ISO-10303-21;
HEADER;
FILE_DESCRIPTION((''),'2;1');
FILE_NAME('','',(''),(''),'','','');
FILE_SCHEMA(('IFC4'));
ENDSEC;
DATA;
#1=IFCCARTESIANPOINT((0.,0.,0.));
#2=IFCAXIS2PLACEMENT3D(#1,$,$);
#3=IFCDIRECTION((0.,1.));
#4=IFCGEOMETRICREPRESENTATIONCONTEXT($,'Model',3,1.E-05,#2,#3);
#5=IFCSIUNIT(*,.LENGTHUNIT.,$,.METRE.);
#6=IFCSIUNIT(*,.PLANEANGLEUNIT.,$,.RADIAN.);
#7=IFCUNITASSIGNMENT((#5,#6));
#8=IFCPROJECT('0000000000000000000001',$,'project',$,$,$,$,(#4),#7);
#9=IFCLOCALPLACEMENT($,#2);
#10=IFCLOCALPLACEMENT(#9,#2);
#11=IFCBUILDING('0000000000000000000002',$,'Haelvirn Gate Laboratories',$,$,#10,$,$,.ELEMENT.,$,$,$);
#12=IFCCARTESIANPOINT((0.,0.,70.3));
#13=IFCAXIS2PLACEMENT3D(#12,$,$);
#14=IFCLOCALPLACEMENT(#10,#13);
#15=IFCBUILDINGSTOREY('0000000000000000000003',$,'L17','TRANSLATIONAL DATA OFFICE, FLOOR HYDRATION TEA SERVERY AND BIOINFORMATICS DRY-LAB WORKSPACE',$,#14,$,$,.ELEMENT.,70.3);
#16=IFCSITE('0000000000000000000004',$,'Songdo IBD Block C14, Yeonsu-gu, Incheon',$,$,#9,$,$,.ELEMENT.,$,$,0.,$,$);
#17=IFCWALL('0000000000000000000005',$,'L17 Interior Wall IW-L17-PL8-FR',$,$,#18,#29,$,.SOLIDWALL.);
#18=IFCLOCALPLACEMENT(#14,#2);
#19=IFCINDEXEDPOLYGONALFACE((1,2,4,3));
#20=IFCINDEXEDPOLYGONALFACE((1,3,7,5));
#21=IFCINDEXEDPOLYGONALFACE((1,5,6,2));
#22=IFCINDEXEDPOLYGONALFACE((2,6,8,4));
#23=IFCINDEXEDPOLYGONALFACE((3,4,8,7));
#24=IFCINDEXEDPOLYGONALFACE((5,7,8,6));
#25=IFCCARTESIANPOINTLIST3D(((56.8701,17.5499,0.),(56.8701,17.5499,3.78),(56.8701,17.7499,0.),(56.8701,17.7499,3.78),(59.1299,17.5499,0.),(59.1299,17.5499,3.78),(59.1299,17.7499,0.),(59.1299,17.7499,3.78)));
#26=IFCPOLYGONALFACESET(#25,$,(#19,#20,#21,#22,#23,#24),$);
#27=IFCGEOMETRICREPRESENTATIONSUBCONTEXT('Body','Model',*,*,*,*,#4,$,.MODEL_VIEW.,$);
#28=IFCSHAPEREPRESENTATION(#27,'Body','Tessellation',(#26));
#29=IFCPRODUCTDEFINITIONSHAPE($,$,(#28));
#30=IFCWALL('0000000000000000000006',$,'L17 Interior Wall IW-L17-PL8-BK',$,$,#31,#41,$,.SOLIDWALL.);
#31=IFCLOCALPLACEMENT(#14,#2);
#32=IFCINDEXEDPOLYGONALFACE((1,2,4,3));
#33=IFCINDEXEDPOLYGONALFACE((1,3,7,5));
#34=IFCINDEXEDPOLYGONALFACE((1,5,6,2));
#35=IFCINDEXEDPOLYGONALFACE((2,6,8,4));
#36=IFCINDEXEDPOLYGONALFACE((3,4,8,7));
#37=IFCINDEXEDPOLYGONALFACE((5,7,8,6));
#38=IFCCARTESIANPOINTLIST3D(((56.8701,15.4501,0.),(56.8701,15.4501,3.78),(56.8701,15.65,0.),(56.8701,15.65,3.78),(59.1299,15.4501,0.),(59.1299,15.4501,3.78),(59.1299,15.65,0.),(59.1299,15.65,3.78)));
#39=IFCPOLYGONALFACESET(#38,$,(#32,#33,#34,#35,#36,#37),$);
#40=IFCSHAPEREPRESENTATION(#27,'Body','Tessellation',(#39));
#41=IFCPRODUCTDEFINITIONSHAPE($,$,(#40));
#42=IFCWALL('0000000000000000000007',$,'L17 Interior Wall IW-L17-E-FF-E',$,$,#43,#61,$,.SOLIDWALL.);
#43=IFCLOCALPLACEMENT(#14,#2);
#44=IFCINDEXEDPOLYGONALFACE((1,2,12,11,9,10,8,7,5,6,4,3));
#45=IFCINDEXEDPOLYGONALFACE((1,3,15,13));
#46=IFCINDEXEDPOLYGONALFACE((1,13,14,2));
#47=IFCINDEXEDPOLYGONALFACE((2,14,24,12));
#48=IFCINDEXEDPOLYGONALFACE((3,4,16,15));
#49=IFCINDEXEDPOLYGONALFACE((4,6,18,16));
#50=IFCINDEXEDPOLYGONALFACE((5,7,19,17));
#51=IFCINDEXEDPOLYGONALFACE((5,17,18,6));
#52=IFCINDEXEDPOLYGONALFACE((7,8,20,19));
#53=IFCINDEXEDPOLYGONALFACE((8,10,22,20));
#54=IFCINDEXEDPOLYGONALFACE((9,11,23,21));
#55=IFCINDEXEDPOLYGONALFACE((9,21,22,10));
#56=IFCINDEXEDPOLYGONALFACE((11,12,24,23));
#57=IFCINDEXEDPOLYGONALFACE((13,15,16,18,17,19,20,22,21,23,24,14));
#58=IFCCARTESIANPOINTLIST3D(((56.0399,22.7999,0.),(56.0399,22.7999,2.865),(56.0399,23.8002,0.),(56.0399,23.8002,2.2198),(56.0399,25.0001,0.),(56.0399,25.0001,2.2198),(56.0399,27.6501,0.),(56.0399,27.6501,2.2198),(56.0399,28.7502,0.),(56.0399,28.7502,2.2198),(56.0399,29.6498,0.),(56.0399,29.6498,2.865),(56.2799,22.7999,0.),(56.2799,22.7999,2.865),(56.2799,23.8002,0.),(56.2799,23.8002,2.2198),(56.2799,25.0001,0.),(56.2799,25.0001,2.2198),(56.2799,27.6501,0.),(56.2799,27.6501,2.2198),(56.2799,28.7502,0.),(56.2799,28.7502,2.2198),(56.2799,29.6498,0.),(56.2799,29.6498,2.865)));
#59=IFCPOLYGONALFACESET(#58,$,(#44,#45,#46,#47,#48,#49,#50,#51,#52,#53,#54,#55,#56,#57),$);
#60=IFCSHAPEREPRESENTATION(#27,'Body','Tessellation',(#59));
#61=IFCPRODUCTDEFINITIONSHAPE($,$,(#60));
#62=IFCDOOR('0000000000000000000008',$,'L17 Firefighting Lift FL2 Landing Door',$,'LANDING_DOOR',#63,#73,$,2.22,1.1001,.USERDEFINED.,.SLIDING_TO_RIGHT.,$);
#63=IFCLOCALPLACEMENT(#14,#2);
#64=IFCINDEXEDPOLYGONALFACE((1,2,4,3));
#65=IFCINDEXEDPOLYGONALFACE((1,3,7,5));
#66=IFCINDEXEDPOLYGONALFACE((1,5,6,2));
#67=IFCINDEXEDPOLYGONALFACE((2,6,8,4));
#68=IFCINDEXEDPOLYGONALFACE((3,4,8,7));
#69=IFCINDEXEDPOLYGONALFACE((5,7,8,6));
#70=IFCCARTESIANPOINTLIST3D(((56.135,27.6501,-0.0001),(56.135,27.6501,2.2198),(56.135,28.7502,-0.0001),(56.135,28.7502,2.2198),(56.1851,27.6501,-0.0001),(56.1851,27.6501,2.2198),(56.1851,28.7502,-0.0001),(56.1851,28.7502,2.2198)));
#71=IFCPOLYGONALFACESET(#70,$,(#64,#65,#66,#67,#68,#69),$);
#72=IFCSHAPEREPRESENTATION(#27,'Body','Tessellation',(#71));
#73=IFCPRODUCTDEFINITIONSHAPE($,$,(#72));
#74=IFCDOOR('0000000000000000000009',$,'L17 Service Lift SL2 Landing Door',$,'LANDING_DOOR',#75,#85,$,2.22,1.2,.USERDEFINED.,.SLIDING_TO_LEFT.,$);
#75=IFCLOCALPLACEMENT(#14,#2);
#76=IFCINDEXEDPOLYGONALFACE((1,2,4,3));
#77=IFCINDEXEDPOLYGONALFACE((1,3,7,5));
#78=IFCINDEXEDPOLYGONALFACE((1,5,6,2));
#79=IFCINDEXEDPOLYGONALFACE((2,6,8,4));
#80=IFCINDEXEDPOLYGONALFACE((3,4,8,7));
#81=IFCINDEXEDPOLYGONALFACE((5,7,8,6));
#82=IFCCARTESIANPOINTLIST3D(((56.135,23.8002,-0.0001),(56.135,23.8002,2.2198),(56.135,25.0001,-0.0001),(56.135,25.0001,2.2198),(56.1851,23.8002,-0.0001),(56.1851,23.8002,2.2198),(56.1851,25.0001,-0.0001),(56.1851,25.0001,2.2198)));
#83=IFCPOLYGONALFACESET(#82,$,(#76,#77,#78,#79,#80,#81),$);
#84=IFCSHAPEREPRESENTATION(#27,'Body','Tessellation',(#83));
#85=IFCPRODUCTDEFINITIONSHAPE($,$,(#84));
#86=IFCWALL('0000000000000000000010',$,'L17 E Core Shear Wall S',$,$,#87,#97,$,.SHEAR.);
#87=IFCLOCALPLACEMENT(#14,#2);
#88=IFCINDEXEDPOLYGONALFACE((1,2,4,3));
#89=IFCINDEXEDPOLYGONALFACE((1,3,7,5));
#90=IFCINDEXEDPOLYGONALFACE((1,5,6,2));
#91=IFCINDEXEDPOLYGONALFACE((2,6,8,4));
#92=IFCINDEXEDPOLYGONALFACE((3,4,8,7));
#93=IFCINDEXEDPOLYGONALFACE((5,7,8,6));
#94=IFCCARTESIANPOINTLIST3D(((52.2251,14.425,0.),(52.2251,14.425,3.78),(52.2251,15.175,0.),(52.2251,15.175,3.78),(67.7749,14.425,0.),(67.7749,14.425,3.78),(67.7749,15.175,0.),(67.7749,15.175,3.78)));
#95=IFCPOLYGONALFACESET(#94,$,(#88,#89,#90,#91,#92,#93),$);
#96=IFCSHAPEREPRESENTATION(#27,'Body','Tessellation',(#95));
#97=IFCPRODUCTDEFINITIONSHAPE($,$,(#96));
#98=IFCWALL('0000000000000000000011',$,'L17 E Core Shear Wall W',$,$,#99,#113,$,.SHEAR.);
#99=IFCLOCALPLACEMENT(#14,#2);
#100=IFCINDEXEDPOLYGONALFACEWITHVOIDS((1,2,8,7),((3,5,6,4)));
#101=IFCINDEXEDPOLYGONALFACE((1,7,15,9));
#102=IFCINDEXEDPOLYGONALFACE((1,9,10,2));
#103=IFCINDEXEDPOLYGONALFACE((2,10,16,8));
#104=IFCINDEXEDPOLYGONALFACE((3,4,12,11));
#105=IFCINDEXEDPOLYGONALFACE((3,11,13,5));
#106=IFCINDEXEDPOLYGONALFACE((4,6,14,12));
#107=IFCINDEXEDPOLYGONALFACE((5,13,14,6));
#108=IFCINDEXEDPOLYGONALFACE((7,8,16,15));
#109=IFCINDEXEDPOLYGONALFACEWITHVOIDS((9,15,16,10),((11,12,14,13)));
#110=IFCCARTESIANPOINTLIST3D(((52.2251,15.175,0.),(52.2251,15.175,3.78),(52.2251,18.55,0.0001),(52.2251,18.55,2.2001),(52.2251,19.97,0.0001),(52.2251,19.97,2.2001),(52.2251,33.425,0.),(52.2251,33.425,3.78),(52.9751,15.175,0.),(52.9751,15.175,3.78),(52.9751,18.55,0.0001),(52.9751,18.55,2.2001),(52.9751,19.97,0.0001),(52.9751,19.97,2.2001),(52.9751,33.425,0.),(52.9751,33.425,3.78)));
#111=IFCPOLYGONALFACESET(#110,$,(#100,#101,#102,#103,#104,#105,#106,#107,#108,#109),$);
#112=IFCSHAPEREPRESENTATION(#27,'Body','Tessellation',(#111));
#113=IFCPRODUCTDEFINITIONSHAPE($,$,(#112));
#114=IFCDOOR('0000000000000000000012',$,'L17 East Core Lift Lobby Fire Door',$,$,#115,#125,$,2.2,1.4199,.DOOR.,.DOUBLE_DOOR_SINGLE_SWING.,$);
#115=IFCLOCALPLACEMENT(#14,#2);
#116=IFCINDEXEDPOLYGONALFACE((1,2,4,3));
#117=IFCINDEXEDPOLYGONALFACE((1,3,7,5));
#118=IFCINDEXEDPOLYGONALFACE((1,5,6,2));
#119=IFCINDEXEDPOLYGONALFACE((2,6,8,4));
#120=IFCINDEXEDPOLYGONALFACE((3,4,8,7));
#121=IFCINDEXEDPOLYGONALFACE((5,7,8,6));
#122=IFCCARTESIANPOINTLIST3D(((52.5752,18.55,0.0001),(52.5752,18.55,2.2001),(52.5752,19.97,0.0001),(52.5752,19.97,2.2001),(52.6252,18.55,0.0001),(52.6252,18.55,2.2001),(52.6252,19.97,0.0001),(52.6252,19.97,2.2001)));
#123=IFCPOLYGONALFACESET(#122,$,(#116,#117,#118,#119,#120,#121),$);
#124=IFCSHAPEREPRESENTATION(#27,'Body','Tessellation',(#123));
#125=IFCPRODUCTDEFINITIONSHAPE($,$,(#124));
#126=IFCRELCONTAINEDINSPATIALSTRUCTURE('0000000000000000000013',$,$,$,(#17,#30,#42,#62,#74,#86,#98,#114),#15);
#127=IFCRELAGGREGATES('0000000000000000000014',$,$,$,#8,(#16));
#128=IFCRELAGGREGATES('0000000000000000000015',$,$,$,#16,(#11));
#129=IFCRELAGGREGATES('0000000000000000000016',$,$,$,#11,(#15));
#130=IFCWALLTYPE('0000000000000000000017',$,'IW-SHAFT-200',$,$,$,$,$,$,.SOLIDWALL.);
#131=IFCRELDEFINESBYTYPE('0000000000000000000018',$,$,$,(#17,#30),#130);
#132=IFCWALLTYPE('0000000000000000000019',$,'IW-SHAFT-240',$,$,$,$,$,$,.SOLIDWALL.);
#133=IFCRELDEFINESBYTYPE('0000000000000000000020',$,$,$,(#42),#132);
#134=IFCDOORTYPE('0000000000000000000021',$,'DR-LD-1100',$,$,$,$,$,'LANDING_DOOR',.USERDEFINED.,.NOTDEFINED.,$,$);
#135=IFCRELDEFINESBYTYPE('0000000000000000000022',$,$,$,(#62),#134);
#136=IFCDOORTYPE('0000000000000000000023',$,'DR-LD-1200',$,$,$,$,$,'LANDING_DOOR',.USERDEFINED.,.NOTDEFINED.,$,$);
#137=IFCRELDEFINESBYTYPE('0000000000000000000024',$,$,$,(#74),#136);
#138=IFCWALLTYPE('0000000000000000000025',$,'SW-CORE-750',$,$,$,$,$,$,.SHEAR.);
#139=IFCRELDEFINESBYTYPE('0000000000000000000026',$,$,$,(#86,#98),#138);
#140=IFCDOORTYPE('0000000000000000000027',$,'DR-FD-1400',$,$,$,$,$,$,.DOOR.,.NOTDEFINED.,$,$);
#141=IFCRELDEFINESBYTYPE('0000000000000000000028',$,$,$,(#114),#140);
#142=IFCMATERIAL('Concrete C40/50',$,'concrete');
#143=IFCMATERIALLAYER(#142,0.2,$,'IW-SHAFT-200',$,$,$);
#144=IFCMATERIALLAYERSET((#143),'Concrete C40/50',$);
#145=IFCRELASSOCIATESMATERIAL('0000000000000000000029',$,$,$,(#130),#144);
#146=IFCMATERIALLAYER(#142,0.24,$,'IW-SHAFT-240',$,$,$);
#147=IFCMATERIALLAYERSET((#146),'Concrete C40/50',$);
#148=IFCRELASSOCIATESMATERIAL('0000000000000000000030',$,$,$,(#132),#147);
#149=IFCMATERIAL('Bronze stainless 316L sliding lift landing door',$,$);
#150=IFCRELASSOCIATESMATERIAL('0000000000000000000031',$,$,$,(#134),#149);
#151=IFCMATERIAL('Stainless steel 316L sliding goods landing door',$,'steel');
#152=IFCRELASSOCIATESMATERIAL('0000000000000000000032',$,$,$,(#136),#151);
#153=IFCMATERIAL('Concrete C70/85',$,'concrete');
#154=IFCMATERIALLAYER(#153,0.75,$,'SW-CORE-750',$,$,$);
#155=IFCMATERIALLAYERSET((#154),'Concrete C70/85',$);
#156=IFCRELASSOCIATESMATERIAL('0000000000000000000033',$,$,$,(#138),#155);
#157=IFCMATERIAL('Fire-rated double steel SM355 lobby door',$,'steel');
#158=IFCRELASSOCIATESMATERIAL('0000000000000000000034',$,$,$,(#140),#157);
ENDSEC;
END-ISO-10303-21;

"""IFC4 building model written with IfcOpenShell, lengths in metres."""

from ifc_helpers import new_model, si_unit, direction, frame, frame_2d, origin, place, context, subcontext, project, spatial, rectangle, extrude, source, transform, mapped, material, layer, layer_set, type_object, type_shapes, element, fill, save


model = new_model("IFC4")

# Units and contexts
model_context = context("Model", 3, precision=1e-05, world=origin(), true_north=direction((0.0, 1.0)))
body_context = subcontext(model_context, "Body", "Model", "MODEL_VIEW")
ifc_project = project(units=[si_unit("LENGTHUNIT", "METRE"), si_unit("PLANEANGLEUNIT", "RADIAN")], contexts=[model_context])

# Site, building, storey
site_placement = place(None, origin())
site = spatial("IfcSite", under=ifc_project, at=site_placement, Name="Songdo IBD Block C14, Yeonsu-gu, Incheon", CompositionType="ELEMENT", RefElevation=0.0)
building_placement = place(site_placement, origin())
building = spatial("IfcBuilding", under=site, at=building_placement, Name="Haelvirn Gate Laboratories", CompositionType="ELEMENT")
storey_placement = place(building_placement, frame((0.0, 0.0, 70.3)))
storey = spatial("IfcBuildingStorey", under=building, at=storey_placement, Name="L17", Description="TRANSLATIONAL DATA OFFICE, FLOOR HYDRATION TEA SERVERY AND BIOINFORMATICS DRY-LAB WORKSPACE", CompositionType="ELEMENT", Elevation=70.3)

# Shared definitions
ifc_material_1 = material(Name="Concrete C70/85", Category="concrete")

# Walls
ifc_material_2 = material(Name="Concrete C40/50", Category="concrete")
ifc_layer_1 = layer(ifc_material_2, 0.2, Name="IW-SHAFT-200")
ifc_layer_set_1 = layer_set([ifc_layer_1], Name="Concrete C40/50")
wall_type_1 = type_object("IfcWallType", Name="IW-SHAFT-200", PredefinedType="SOLIDWALL", material=ifc_layer_set_1)
for number, where, z_axis, x_axis, name in (
    (1, (56.8701, 17.6499, 0.0), (0.0, 0.0, 1.0), (1.0, 0.0, 0.0), "L17 Interior Wall IW-L17-PL8-FR"),
    (2, (56.8701, 15.55, 0.0), (0.0, 0.0, 1.0), (1.0, 0.0, 0.0), "L17 Interior Wall IW-L17-PL8-BK"),
):
    element("IfcWall", number, at=place(storey_placement, frame(where, z_axis=z_axis, x_axis=x_axis)), inside=storey, type_object=wall_type_1, Name=name, PredefinedType="SOLIDWALL", context=body_context, shape_type="SweptSolid", body=[
        extrude(rectangle(XDim=2.2598, YDim=0.2, at=frame_2d((1.1299, 0.0))), origin(), (0.0, 0.0, 1.0), 3.78),
    ])

# Wall, openings, doors
ifc_layer_2 = layer(ifc_material_2, 0.24, Name="IW-SHAFT-240")
ifc_layer_set_2 = layer_set([ifc_layer_2], Name="Concrete C40/50")
wall_type_2 = type_object("IfcWallType", Name="IW-SHAFT-240", PredefinedType="SOLIDWALL", material=ifc_layer_set_2)
wall_1_placement = place(storey_placement, frame((56.1599, 22.8, 0.0), z_axis=(0.0, 0.0, 1.0), x_axis=(0.0, 1.0, 0.0)))
wall_1 = element("IfcWall", 3, at=wall_1_placement, inside=storey, type_object=wall_type_2, Name="L17 Interior Wall IW-L17-E-FF-E", PredefinedType="SOLIDWALL", context=body_context, shape_type="SweptSolid", body=[
    extrude(rectangle(XDim=6.8499, YDim=0.24, at=frame_2d((3.4248, 0.0))), origin(), (0.0, 0.0, 1.0), 2.865),
])
opening_1_placement = place(wall_1_placement, frame((4.8501, 0.0, 0.0)))
opening_1 = element("IfcOpeningElement", 4, at=opening_1_placement, cuts=wall_1, PredefinedType="OPENING", context=body_context, shape_type="SweptSolid", body=[
    extrude(rectangle(XDim=1.1001, YDim=2.22, at=frame_2d((0.55, 1.1099))), frame((0.0, 0.1299, 0.0), z_axis=(0.0, -1.0, 0.0), x_axis=(1.0, 0.0, 0.0)), (0.0, 0.0, 1.0), 0.26),
])
opening_2_placement = place(wall_1_placement, frame((1.0, 0.0, 0.0)))
opening_2 = element("IfcOpeningElement", 5, at=opening_2_placement, cuts=wall_1, PredefinedType="OPENING", context=body_context, shape_type="SweptSolid", body=[
    extrude(rectangle(XDim=1.2, YDim=2.22, at=frame_2d((0.6001, 1.1099))), frame((0.0, 0.1299, 0.0), z_axis=(0.0, -1.0, 0.0), x_axis=(1.0, 0.0, 0.0)), (0.0, 0.0, 1.0), 0.26),
])
ifc_material_3 = material(Name="Bronze stainless 316L sliding lift landing door")
door_type_1 = type_object("IfcDoorType", Name="DR-LD-1100", ElementType="LANDING_DOOR", OperationType="NOTDEFINED", PredefinedType="USERDEFINED", material=ifc_material_3)
shared_shape_1 = source(origin(), body_context, "Body", "SweptSolid", [
    extrude(rectangle(XDim=1.1001, YDim=2.22, at=frame_2d((0.55, 1.1099))), frame((0.0, 0.0249, 0.0), z_axis=(0.0, -1.0, 0.0), x_axis=(1.0, 0.0, 0.0)), (0.0, 0.0, 1.0), 0.05),
])
type_shapes(door_type_1, [shared_shape_1])
door_1_placement = place(opening_1_placement, origin())
door_1 = element("IfcDoor", 6, at=door_1_placement, inside=storey, type_object=door_type_1, Name="L17 Firefighting Lift FL2 Landing Door", ObjectType="LANDING_DOOR", OperationType="SLIDING_TO_RIGHT", OverallHeight=2.22, OverallWidth=1.1001, PredefinedType="USERDEFINED", context=body_context, shape_type="MappedRepresentation", body=[
    mapped(shared_shape_1, transform((0.0, 0.0, 0.0), scale=1.0)),
])
fill(opening_1, door_1)
ifc_material_4 = material(Name="Stainless steel 316L sliding goods landing door", Category="steel")
door_type_2 = type_object("IfcDoorType", Name="DR-LD-1200", ElementType="LANDING_DOOR", OperationType="NOTDEFINED", PredefinedType="USERDEFINED", material=ifc_material_4)
shared_shape_2 = source(origin(), body_context, "Body", "SweptSolid", [
    extrude(rectangle(XDim=1.2, YDim=2.22, at=frame_2d((0.6001, 1.1099))), frame((0.0, 0.0249, 0.0), z_axis=(0.0, -1.0, 0.0), x_axis=(1.0, 0.0, 0.0)), (0.0, 0.0, 1.0), 0.05),
])
type_shapes(door_type_2, [shared_shape_2])
door_2_placement = place(opening_2_placement, origin())
door_2 = element("IfcDoor", 7, at=door_2_placement, inside=storey, type_object=door_type_2, Name="L17 Service Lift SL2 Landing Door", ObjectType="LANDING_DOOR", OperationType="SLIDING_TO_LEFT", OverallHeight=2.22, OverallWidth=1.2, PredefinedType="USERDEFINED", context=body_context, shape_type="MappedRepresentation", body=[
    mapped(shared_shape_2, transform((0.0, 0.0, 0.0), scale=1.0)),
])
fill(opening_2, door_2)

# Wall
ifc_layer_3 = layer(ifc_material_1, 0.75, Name="SW-CORE-750")
ifc_layer_set_3 = layer_set([ifc_layer_3], Name="Concrete C70/85")
wall_type_3 = type_object("IfcWallType", Name="SW-CORE-750", PredefinedType="SHEAR", material=ifc_layer_set_3)
wall_2_placement = place(storey_placement, frame((52.2251, 14.8, 0.0), z_axis=(0.0, 0.0, 1.0), x_axis=(1.0, 0.0, 0.0)))
element("IfcWall", 8, at=wall_2_placement, inside=storey, type_object=wall_type_3, Name="L17 E Core Shear Wall S", PredefinedType="SHEAR", context=body_context, shape_type="SweptSolid", body=[
    extrude(rectangle(XDim=15.5498, YDim=0.75, at=frame_2d((7.7749, 0.0))), origin(), (0.0, 0.0, 1.0), 3.78),
])

# Wall, opening, door
wall_3_placement = place(storey_placement, frame((52.6001, 15.175, 0.0), z_axis=(0.0, 0.0, 1.0), x_axis=(0.0, 1.0, 0.0)))
wall_3 = element("IfcWall", 9, at=wall_3_placement, inside=storey, type_object=wall_type_3, Name="L17 E Core Shear Wall W", PredefinedType="SHEAR", context=body_context, shape_type="SweptSolid", body=[
    extrude(rectangle(XDim=18.25, YDim=0.75, at=frame_2d((9.125, 0.0))), origin(), (0.0, 0.0, 1.0), 3.78),
])
opening_3_placement = place(wall_3_placement, frame((3.375, 0.0, 0.0)))
opening_3 = element("IfcOpeningElement", 10, at=opening_3_placement, cuts=wall_3, PredefinedType="OPENING", context=body_context, shape_type="SweptSolid", body=[
    extrude(rectangle(XDim=1.4199, YDim=2.2, at=frame_2d((0.71, 1.1001))), frame((0.0, 0.385, 0.0), z_axis=(0.0, -1.0, 0.0), x_axis=(1.0, 0.0, 0.0)), (0.0, 0.0, 1.0), 0.77),
])
ifc_material_5 = material(Name="Fire-rated double steel SM355 lobby door", Category="steel")
door_type_3 = type_object("IfcDoorType", Name="DR-FD-1400", OperationType="NOTDEFINED", PredefinedType="DOOR", material=ifc_material_5)
shared_shape_3 = source(origin(), body_context, "Body", "SweptSolid", [
    extrude(rectangle(XDim=1.4199, YDim=2.2, at=frame_2d((0.71, 1.1001))), frame((0.0, 0.0249, 0.0), z_axis=(0.0, -1.0, 0.0), x_axis=(1.0, 0.0, 0.0)), (0.0, 0.0, 1.0), 0.05),
])
type_shapes(door_type_3, [shared_shape_3])
door_3_placement = place(opening_3_placement, origin())
door_3 = element("IfcDoor", 11, at=door_3_placement, inside=storey, type_object=door_type_3, Name="L17 East Core Lift Lobby Fire Door", OperationType="DOUBLE_DOOR_SINGLE_SWING", OverallHeight=2.2, OverallWidth=1.4199, PredefinedType="DOOR", context=body_context, shape_type="MappedRepresentation", body=[
    mapped(shared_shape_3, transform((0.0, 0.0, 0.0), scale=1.0)),
])
fill(opening_3, door_3)

save(model, "model.ifc")
